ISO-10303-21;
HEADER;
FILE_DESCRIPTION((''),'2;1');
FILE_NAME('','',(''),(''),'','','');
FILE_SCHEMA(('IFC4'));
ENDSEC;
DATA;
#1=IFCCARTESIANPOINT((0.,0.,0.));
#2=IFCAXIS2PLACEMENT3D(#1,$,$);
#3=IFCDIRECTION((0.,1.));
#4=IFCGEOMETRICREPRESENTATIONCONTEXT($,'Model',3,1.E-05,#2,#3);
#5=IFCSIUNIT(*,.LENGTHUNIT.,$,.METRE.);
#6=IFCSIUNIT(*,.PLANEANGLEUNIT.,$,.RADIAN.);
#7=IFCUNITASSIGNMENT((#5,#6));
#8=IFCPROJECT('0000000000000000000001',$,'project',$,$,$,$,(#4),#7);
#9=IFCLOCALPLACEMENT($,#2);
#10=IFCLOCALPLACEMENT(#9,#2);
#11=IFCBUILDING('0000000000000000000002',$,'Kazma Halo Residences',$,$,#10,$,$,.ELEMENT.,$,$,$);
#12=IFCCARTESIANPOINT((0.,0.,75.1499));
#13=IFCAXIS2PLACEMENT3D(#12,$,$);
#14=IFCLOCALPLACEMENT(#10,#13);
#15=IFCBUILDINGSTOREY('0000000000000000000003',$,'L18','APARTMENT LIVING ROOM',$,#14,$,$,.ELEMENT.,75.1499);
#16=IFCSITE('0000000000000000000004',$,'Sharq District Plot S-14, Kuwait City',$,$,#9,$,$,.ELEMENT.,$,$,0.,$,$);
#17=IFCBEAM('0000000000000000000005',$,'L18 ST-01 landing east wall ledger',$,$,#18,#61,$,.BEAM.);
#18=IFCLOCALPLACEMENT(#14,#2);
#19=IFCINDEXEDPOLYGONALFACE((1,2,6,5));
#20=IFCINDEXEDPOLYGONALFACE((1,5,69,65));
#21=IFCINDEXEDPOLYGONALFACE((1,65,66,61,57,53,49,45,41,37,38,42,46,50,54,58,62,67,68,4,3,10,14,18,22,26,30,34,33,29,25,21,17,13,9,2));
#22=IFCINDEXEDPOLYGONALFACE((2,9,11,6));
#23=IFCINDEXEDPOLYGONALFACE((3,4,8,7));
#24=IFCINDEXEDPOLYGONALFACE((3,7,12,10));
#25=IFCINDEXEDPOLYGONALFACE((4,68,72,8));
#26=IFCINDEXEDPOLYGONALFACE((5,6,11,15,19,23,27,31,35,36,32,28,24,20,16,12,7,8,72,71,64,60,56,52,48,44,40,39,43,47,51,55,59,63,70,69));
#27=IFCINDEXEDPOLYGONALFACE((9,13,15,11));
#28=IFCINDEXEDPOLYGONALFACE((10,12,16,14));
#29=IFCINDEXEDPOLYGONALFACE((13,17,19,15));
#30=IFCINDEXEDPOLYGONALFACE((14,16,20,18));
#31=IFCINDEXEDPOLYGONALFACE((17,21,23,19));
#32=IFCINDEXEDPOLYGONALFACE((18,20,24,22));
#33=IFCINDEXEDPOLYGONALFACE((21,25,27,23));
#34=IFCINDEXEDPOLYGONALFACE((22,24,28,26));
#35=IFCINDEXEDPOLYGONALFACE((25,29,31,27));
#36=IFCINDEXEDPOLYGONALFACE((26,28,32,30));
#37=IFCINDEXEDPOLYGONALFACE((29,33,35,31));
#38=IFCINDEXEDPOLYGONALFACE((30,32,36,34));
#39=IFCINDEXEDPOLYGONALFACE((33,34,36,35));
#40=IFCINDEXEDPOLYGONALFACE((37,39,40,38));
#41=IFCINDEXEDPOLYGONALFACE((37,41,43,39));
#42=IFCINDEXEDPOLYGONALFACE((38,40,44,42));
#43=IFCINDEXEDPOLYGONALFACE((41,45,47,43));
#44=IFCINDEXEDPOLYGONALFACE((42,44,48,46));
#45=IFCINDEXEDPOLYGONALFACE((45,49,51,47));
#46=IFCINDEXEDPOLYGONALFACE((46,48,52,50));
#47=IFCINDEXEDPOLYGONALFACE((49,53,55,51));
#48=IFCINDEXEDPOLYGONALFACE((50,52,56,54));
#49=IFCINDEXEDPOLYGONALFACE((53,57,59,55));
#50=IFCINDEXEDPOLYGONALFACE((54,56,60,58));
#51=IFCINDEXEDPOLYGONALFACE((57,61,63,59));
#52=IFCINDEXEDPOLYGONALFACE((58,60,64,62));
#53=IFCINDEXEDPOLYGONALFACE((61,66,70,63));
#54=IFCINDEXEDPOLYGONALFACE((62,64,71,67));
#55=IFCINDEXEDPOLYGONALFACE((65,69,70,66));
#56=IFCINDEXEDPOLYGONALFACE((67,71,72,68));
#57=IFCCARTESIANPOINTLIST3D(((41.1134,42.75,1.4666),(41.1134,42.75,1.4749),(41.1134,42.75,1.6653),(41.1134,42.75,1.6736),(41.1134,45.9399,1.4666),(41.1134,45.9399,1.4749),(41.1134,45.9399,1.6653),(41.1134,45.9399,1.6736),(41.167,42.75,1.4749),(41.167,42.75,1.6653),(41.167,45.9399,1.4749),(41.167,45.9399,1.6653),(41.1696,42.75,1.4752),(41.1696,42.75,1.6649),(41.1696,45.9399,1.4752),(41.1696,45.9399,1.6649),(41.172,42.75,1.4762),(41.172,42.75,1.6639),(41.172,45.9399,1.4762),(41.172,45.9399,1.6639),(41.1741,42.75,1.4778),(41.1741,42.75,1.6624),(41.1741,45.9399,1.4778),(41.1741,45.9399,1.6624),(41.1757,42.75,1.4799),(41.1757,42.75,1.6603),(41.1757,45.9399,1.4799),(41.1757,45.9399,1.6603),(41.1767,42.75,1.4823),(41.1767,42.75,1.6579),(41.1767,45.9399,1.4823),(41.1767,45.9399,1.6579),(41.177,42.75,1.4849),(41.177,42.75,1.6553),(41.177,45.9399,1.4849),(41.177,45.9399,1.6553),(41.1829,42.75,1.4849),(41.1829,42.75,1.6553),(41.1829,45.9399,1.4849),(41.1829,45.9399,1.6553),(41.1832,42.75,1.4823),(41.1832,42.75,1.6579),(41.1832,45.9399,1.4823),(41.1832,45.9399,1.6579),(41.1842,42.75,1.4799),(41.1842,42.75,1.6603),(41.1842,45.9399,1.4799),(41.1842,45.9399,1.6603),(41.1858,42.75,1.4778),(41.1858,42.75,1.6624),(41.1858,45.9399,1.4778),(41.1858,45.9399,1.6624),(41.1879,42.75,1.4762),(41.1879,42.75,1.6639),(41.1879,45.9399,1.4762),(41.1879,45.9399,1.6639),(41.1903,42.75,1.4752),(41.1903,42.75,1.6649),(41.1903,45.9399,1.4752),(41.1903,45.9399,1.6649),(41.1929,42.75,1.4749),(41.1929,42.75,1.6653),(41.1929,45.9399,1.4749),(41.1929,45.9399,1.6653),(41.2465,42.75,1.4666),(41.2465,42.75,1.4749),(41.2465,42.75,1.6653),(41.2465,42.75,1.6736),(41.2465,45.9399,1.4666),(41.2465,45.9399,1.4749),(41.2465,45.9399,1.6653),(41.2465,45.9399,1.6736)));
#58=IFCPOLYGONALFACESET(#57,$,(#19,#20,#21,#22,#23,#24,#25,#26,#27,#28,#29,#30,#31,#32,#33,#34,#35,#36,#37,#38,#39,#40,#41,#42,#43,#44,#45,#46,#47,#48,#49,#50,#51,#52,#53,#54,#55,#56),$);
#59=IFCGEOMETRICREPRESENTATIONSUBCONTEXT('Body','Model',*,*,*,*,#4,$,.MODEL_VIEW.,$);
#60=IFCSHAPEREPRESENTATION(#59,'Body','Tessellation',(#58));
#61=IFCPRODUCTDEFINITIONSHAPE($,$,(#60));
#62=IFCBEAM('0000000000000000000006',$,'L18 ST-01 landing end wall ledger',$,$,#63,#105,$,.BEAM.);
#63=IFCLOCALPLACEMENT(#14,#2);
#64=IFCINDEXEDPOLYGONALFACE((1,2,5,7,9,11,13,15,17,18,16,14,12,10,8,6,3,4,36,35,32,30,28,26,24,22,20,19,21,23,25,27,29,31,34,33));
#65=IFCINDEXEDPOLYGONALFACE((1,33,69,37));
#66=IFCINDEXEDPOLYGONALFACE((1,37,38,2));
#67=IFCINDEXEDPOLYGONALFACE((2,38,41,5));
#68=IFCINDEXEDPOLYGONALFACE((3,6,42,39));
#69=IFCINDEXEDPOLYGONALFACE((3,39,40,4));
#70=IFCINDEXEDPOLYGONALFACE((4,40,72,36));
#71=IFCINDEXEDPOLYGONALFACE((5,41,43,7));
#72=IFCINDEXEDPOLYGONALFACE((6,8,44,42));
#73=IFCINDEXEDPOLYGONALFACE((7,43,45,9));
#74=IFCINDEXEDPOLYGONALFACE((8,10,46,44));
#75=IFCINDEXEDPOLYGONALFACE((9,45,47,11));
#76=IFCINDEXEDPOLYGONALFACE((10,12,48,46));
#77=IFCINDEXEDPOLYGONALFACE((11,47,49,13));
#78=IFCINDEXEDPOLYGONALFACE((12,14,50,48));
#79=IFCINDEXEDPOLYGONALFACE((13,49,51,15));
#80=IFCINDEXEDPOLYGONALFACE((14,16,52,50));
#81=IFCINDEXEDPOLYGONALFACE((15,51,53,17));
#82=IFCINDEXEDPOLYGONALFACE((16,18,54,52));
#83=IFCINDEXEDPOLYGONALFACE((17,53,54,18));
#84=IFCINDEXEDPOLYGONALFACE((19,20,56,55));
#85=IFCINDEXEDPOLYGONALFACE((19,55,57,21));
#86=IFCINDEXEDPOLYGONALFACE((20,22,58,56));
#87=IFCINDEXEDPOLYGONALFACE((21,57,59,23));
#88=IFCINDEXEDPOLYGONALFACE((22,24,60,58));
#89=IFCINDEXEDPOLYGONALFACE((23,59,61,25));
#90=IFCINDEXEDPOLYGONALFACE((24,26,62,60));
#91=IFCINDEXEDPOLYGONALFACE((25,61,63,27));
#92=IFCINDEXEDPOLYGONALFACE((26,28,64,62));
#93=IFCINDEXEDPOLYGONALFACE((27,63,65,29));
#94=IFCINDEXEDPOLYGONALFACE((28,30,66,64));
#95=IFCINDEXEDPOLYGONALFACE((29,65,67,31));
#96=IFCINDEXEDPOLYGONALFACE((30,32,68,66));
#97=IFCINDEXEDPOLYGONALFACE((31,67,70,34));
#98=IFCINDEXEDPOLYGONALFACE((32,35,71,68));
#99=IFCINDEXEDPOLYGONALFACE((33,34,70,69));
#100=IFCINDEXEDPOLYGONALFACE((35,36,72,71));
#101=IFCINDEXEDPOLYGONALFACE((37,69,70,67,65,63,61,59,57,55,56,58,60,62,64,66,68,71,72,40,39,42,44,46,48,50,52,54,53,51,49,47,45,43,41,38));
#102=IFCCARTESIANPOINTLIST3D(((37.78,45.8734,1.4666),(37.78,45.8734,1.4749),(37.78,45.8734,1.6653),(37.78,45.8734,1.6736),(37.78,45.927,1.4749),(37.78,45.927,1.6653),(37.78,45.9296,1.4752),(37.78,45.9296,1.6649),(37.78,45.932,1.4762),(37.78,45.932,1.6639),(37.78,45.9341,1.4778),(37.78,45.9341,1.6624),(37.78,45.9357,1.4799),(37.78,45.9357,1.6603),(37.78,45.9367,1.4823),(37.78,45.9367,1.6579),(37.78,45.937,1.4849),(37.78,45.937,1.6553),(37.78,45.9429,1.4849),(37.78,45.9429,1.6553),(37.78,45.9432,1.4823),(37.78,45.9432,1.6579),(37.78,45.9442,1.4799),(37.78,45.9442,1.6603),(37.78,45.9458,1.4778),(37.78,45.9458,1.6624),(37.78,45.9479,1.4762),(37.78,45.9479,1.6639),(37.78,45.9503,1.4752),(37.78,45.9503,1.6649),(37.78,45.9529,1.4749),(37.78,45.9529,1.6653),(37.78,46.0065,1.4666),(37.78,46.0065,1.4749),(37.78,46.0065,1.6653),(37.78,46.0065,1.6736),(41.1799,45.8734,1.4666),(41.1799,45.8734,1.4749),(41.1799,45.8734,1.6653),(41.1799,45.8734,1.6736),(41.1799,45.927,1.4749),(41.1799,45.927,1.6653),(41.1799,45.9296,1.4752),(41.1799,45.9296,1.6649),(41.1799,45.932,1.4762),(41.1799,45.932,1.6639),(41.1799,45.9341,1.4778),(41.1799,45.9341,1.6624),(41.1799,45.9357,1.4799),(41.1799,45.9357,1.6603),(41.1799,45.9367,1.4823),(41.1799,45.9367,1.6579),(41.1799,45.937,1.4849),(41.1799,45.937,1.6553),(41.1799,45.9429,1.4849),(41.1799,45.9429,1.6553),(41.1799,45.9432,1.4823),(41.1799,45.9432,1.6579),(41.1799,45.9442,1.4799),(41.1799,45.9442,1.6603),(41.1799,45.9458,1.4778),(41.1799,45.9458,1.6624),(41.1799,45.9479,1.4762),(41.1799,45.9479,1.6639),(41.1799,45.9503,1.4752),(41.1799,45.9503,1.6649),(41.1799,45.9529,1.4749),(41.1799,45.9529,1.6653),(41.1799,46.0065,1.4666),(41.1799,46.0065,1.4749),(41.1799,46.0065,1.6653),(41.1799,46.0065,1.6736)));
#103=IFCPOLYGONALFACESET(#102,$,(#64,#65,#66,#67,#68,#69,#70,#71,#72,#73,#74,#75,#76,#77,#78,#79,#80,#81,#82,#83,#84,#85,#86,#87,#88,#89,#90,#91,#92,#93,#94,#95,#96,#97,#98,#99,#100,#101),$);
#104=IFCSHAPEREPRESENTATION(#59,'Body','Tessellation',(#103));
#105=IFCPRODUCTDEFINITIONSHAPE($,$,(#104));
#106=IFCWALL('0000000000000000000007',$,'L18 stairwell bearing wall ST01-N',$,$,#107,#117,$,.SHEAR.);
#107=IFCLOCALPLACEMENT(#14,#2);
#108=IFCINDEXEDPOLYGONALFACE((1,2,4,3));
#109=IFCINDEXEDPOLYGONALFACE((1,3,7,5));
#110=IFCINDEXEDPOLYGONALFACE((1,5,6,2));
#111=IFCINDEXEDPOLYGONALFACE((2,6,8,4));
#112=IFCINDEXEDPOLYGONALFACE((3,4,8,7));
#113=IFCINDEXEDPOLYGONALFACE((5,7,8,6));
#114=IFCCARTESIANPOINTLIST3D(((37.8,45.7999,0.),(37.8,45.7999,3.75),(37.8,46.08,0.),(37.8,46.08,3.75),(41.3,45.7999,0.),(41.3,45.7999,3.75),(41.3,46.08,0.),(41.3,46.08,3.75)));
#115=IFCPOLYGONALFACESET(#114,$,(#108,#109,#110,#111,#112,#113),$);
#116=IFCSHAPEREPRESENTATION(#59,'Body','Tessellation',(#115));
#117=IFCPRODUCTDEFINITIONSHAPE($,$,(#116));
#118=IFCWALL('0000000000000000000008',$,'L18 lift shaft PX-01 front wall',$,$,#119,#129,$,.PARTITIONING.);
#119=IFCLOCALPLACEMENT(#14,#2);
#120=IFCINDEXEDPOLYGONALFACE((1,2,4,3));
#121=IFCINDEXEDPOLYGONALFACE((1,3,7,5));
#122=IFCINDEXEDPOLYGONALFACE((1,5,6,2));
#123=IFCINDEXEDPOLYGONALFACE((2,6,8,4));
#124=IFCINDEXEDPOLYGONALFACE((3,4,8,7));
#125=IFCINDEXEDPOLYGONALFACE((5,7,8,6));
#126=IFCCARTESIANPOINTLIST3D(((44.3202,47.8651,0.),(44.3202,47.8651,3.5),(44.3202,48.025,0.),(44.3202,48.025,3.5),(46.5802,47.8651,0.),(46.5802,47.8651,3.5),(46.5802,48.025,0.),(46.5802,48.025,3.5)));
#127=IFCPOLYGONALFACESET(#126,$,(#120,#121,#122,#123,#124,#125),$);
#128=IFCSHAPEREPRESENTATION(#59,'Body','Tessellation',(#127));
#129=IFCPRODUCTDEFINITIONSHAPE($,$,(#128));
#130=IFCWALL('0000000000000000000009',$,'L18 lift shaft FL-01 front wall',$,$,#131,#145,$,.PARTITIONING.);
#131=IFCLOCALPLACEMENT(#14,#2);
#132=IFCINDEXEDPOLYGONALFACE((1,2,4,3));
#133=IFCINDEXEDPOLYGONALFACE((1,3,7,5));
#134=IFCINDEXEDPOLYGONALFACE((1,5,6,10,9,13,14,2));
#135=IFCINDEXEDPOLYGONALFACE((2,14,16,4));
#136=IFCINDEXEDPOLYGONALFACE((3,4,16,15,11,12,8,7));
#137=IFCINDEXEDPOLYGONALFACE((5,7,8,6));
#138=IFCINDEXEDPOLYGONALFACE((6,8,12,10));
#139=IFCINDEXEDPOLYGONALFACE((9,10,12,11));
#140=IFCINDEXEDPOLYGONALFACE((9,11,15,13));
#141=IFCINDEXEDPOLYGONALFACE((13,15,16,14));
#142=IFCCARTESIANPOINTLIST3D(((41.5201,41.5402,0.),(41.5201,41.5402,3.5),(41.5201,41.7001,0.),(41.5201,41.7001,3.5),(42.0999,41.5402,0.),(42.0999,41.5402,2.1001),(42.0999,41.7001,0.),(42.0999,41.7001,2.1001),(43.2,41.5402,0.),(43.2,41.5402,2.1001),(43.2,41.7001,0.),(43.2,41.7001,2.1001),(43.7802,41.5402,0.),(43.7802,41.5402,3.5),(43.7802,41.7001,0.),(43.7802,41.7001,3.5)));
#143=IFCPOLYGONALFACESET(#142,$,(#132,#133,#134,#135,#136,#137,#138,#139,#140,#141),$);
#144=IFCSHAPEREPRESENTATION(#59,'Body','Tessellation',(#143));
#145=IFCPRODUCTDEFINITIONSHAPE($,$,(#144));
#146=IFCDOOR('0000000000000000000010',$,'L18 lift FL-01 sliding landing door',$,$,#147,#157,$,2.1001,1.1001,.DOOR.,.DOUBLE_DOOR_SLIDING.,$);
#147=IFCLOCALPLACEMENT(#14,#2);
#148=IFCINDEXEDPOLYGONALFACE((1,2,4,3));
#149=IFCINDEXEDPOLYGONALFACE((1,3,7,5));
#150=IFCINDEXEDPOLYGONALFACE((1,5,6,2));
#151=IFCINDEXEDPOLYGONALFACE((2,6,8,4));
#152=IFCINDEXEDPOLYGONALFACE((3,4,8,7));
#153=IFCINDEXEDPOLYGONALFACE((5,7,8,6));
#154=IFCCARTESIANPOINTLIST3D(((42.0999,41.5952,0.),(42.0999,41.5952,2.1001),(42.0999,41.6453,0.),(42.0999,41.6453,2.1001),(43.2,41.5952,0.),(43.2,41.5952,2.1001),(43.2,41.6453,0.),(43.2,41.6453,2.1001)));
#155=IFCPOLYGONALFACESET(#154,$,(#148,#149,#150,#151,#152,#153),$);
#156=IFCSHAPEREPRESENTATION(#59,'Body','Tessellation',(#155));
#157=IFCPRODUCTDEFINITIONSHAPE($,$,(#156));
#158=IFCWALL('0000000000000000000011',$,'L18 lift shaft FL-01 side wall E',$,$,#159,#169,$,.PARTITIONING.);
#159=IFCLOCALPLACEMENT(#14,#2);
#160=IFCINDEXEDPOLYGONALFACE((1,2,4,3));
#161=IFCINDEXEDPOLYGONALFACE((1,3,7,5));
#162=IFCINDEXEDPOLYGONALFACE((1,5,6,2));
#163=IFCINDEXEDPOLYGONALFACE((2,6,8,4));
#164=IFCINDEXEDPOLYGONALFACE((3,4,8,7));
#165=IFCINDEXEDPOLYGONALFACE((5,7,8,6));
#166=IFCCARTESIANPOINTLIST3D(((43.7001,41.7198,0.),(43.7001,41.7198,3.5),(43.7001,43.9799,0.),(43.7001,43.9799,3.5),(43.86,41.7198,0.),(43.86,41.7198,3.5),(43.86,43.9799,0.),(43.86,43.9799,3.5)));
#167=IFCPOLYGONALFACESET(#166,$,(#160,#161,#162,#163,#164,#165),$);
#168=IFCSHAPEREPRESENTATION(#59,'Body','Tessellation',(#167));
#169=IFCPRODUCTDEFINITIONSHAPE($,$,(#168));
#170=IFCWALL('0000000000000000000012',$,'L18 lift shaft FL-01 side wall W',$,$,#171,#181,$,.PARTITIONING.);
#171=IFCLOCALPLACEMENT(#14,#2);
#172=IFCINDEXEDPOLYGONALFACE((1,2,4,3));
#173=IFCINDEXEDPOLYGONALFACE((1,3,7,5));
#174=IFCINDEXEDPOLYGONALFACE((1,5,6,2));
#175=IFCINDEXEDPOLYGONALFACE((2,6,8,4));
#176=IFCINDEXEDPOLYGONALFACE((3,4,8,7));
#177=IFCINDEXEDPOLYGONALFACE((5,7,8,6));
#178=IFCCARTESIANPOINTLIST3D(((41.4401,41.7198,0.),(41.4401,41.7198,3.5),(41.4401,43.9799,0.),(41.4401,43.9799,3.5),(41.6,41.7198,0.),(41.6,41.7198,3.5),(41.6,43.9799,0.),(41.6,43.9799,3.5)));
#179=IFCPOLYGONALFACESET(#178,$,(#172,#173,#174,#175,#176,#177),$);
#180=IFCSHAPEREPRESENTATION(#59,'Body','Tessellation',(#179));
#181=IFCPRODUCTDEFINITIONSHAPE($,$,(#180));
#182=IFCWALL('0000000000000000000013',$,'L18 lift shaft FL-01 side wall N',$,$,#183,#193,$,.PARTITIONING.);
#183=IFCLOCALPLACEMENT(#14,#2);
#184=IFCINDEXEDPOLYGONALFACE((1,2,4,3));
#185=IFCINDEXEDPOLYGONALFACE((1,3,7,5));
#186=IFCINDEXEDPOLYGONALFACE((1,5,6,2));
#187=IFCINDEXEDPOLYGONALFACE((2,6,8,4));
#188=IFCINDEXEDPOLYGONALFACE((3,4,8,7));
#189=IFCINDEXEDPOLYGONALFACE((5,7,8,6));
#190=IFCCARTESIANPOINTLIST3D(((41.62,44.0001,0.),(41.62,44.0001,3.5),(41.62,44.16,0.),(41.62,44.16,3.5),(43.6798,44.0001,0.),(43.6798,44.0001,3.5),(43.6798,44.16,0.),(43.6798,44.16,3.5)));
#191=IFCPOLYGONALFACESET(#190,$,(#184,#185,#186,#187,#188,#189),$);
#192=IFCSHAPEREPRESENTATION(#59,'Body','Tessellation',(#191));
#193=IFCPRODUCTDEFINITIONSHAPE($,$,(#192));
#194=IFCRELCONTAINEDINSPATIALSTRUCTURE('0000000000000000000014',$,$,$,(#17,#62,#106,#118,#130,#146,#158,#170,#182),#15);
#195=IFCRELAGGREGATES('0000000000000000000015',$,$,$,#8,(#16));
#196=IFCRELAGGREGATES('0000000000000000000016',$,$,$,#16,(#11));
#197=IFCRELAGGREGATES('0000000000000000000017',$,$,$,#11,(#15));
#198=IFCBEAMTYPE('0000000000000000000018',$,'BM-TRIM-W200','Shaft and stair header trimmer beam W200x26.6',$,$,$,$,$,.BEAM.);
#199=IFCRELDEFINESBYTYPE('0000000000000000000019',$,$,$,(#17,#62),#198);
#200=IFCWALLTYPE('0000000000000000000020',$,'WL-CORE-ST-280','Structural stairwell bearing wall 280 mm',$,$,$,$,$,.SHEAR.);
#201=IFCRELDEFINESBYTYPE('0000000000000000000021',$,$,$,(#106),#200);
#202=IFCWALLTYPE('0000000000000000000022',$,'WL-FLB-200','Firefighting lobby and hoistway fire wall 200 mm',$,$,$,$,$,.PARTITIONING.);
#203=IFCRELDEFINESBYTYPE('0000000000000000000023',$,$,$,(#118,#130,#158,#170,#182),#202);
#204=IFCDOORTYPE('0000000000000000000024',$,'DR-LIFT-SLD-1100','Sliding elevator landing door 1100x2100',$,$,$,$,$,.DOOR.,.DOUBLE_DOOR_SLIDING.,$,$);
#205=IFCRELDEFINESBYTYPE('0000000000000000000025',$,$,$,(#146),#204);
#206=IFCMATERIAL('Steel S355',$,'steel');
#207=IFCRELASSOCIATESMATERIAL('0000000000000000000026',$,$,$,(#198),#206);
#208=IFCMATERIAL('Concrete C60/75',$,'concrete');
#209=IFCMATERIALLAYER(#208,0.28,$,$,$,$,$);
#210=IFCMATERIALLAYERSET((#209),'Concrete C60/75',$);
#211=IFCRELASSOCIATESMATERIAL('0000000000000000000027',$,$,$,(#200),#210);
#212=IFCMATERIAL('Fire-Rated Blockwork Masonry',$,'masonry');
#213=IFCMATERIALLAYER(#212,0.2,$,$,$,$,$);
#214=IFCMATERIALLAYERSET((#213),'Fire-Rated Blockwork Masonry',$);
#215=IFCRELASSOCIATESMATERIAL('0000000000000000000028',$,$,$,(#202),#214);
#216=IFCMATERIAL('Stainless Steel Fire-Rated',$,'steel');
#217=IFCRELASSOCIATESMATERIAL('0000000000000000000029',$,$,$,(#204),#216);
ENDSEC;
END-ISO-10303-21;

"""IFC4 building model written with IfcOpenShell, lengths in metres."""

from ifc_helpers import new_model, si_unit, direction, frame, frame_2d, origin, origin_2d, place, context, subcontext, project, spatial, rectangle, i_section, extrude, material, layer, layer_set, material_profile, profile_set, type_object, element, fill, save


model = new_model("IFC4")

# Units and contexts
model_context = context("Model", 3, precision=1e-05, world=origin(), true_north=direction((0.0, 1.0)))
body_context = subcontext(model_context, "Body", "Model", "MODEL_VIEW")
ifc_project = project(units=[si_unit("LENGTHUNIT", "METRE"), si_unit("PLANEANGLEUNIT", "RADIAN")], contexts=[model_context])

# Site, building, storey
site_placement = place(None, origin())
site = spatial("IfcSite", under=ifc_project, at=site_placement, Name="Sharq District Plot S-14, Kuwait City", CompositionType="ELEMENT", RefElevation=0.0)
building_placement = place(site_placement, origin())
building = spatial("IfcBuilding", under=site, at=building_placement, Name="Kazma Halo Residences", CompositionType="ELEMENT")
storey_placement = place(building_placement, frame((0.0, 0.0, 75.1499)))
storey = spatial("IfcBuildingStorey", under=building, at=storey_placement, Name="L18", Description="APARTMENT LIVING ROOM", CompositionType="ELEMENT", Elevation=75.1499)

# Shared definitions
ifc_material_1 = material(Name="Steel S355", Category="steel")

# Beams
ifc_material_profile_1 = material_profile(ifc_material_1, i_section(OverallWidth=0.1331, OverallDepth=0.207, WebThickness=0.0059, FlangeThickness=0.0083, FilletRadius=0.01, at=origin_2d()), Name="W200x26.6")
ifc_profile_set_1 = profile_set([ifc_material_profile_1], Name="Steel S355")
beam_type_1 = type_object("IfcBeamType", Name="BM-TRIM-W200", Description="Shaft and stair header trimmer beam W200x26.6", PredefinedType="BEAM", material=ifc_profile_set_1)
beam_1_placement = place(storey_placement, frame((41.1799, 42.75, 1.5701), z_axis=(0.0, 1.0, 0.0), x_axis=(-1.0, 0.0, 0.0)))
element("IfcBeam", 1, at=beam_1_placement, inside=storey, type_object=beam_type_1, Name="L18 ST-01 landing east wall ledger", PredefinedType="BEAM", context=body_context, shape_type="SweptSolid", body=[
    extrude(i_section(OverallWidth=0.1331, OverallDepth=0.207, WebThickness=0.0059, FlangeThickness=0.0083, FilletRadius=0.01, at=origin_2d()), origin(), (0.0, 0.0, 1.0), 3.1899),
])
beam_2_placement = place(storey_placement, frame((37.78, 45.9399, 1.5701), z_axis=(1.0, 0.0, 0.0), x_axis=(0.0, 1.0, 0.0)))
element("IfcBeam", 2, at=beam_2_placement, inside=storey, type_object=beam_type_1, Name="L18 ST-01 landing end wall ledger", PredefinedType="BEAM", context=body_context, shape_type="SweptSolid", body=[
    extrude(i_section(OverallWidth=0.1331, OverallDepth=0.207, WebThickness=0.0059, FlangeThickness=0.0083, FilletRadius=0.01, at=origin_2d()), origin(), (0.0, 0.0, 1.0), 3.3999),
])

# Walls
ifc_material_2 = material(Name="Concrete C60/75", Category="concrete")
ifc_layer_1 = layer(ifc_material_2, 0.28)
ifc_layer_set_1 = layer_set([ifc_layer_1], Name="Concrete C60/75")
wall_type_1 = type_object("IfcWallType", Name="WL-CORE-ST-280", Description="Structural stairwell bearing wall 280 mm", PredefinedType="SHEAR", material=ifc_layer_set_1)
wall_1_placement = place(storey_placement, frame((37.8, 45.9399, 0.0), z_axis=(0.0, 0.0, 1.0), x_axis=(1.0, 0.0, 0.0)))
element("IfcWall", 3, at=wall_1_placement, inside=storey, type_object=wall_type_1, Name="L18 stairwell bearing wall ST01-N", PredefinedType="SHEAR", context=body_context, shape_type="SweptSolid", body=[
    extrude(rectangle(XDim=3.5, YDim=0.28, at=frame_2d((1.75, 0.0))), origin(), (0.0, 0.0, 1.0), 3.75),
])
ifc_material_3 = material(Name="Fire-Rated Blockwork Masonry", Category="masonry")
ifc_layer_2 = layer(ifc_material_3, 0.2)
ifc_layer_set_2 = layer_set([ifc_layer_2], Name="Fire-Rated Blockwork Masonry")
wall_type_2 = type_object("IfcWallType", Name="WL-FLB-200", Description="Firefighting lobby and hoistway fire wall 200 mm", PredefinedType="PARTITIONING", material=ifc_layer_set_2)
wall_2_placement = place(storey_placement, frame((46.5801, 47.9451, 0.0), z_axis=(0.0, 0.0, 1.0), x_axis=(-1.0, 0.0, 0.0)))
element("IfcWall", 4, at=wall_2_placement, inside=storey, type_object=wall_type_2, Name="L18 lift shaft PX-01 front wall", PredefinedType="PARTITIONING", context=body_context, shape_type="SweptSolid", body=[
    extrude(rectangle(XDim=2.26, YDim=0.1599, at=frame_2d((1.1299, 0.0))), origin(), (0.0, 0.0, 1.0), 3.5),
])

# Wall, opening, door
wall_3_placement = place(storey_placement, frame((43.78, 41.6201, 0.0), z_axis=(0.0, 0.0, 1.0), x_axis=(-1.0, 0.0, 0.0)))
wall_3 = element("IfcWall", 5, at=wall_3_placement, inside=storey, type_object=wall_type_2, Name="L18 lift shaft FL-01 front wall", PredefinedType="PARTITIONING", context=body_context, shape_type="SweptSolid", body=[
    extrude(rectangle(XDim=2.26, YDim=0.1599, at=frame_2d((1.1299, 0.0))), origin(), (0.0, 0.0, 1.0), 3.5),
])
opening_1_placement = place(wall_3_placement, frame((0.5801, 0.0, 0.0)))
opening_1 = element("IfcOpeningElement", 6, at=opening_1_placement, cuts=wall_3, PredefinedType="OPENING", context=body_context, shape_type="SweptSolid", body=[
    extrude(rectangle(XDim=1.1001, YDim=2.1001, at=frame_2d((0.55, 1.05))), frame((0.0, 0.0898, 0.0), z_axis=(0.0, -1.0, 0.0), x_axis=(1.0, 0.0, 0.0)), (0.0, 0.0, 1.0), 0.1799),
])
ifc_material_4 = material(Name="Stainless Steel Fire-Rated", Category="steel")
door_type_1 = type_object("IfcDoorType", Name="DR-LIFT-SLD-1100", Description="Sliding elevator landing door 1100x2100", OperationType="DOUBLE_DOOR_SLIDING", PredefinedType="DOOR", material=ifc_material_4)
door_1_placement = place(opening_1_placement, origin())
door_1 = element("IfcDoor", 7, at=door_1_placement, inside=storey, type_object=door_type_1, Name="L18 lift FL-01 sliding landing door", OperationType="DOUBLE_DOOR_SLIDING", OverallHeight=2.1001, OverallWidth=1.1001, PredefinedType="DOOR", context=body_context, shape_type="SweptSolid", body=[
    extrude(rectangle(XDim=1.1001, YDim=2.1001, at=frame_2d((0.55, 1.05))), frame((0.0, 0.0249, 0.0), z_axis=(0.0, -1.0, 0.0), x_axis=(1.0, 0.0, 0.0)), (0.0, 0.0, 1.0), 0.05),
])
fill(opening_1, door_1)

# Walls
for number, where, z_axis, x_axis, name in (
    (8, (43.78, 41.72, 0.0), (0.0, 0.0, 1.0), (0.0, 1.0, 0.0), "L18 lift shaft FL-01 side wall E"),
    (9, (41.52, 41.72, 0.0), (0.0, 0.0, 1.0), (0.0, 1.0, 0.0), "L18 lift shaft FL-01 side wall W"),
):
    element("IfcWall", number, at=place(storey_placement, frame(where, z_axis=z_axis, x_axis=x_axis)), inside=storey, type_object=wall_type_2, Name=name, PredefinedType="PARTITIONING", context=body_context, shape_type="SweptSolid", body=[
        extrude(rectangle(XDim=2.26, YDim=0.1599, at=frame_2d((1.1299, 0.0))), origin(), (0.0, 0.0, 1.0), 3.5),
    ])
wall_4_placement = place(storey_placement, frame((41.6201, 44.0801, 0.0), z_axis=(0.0, 0.0, 1.0), x_axis=(1.0, 0.0, 0.0)))
element("IfcWall", 10, at=wall_4_placement, inside=storey, type_object=wall_type_2, Name="L18 lift shaft FL-01 side wall N", PredefinedType="PARTITIONING", context=body_context, shape_type="SweptSolid", body=[
    extrude(rectangle(XDim=2.0598, YDim=0.1599, at=frame_2d((1.0298, 0.0))), origin(), (0.0, 0.0, 1.0), 3.5),
])

save(model, "model.ifc")
